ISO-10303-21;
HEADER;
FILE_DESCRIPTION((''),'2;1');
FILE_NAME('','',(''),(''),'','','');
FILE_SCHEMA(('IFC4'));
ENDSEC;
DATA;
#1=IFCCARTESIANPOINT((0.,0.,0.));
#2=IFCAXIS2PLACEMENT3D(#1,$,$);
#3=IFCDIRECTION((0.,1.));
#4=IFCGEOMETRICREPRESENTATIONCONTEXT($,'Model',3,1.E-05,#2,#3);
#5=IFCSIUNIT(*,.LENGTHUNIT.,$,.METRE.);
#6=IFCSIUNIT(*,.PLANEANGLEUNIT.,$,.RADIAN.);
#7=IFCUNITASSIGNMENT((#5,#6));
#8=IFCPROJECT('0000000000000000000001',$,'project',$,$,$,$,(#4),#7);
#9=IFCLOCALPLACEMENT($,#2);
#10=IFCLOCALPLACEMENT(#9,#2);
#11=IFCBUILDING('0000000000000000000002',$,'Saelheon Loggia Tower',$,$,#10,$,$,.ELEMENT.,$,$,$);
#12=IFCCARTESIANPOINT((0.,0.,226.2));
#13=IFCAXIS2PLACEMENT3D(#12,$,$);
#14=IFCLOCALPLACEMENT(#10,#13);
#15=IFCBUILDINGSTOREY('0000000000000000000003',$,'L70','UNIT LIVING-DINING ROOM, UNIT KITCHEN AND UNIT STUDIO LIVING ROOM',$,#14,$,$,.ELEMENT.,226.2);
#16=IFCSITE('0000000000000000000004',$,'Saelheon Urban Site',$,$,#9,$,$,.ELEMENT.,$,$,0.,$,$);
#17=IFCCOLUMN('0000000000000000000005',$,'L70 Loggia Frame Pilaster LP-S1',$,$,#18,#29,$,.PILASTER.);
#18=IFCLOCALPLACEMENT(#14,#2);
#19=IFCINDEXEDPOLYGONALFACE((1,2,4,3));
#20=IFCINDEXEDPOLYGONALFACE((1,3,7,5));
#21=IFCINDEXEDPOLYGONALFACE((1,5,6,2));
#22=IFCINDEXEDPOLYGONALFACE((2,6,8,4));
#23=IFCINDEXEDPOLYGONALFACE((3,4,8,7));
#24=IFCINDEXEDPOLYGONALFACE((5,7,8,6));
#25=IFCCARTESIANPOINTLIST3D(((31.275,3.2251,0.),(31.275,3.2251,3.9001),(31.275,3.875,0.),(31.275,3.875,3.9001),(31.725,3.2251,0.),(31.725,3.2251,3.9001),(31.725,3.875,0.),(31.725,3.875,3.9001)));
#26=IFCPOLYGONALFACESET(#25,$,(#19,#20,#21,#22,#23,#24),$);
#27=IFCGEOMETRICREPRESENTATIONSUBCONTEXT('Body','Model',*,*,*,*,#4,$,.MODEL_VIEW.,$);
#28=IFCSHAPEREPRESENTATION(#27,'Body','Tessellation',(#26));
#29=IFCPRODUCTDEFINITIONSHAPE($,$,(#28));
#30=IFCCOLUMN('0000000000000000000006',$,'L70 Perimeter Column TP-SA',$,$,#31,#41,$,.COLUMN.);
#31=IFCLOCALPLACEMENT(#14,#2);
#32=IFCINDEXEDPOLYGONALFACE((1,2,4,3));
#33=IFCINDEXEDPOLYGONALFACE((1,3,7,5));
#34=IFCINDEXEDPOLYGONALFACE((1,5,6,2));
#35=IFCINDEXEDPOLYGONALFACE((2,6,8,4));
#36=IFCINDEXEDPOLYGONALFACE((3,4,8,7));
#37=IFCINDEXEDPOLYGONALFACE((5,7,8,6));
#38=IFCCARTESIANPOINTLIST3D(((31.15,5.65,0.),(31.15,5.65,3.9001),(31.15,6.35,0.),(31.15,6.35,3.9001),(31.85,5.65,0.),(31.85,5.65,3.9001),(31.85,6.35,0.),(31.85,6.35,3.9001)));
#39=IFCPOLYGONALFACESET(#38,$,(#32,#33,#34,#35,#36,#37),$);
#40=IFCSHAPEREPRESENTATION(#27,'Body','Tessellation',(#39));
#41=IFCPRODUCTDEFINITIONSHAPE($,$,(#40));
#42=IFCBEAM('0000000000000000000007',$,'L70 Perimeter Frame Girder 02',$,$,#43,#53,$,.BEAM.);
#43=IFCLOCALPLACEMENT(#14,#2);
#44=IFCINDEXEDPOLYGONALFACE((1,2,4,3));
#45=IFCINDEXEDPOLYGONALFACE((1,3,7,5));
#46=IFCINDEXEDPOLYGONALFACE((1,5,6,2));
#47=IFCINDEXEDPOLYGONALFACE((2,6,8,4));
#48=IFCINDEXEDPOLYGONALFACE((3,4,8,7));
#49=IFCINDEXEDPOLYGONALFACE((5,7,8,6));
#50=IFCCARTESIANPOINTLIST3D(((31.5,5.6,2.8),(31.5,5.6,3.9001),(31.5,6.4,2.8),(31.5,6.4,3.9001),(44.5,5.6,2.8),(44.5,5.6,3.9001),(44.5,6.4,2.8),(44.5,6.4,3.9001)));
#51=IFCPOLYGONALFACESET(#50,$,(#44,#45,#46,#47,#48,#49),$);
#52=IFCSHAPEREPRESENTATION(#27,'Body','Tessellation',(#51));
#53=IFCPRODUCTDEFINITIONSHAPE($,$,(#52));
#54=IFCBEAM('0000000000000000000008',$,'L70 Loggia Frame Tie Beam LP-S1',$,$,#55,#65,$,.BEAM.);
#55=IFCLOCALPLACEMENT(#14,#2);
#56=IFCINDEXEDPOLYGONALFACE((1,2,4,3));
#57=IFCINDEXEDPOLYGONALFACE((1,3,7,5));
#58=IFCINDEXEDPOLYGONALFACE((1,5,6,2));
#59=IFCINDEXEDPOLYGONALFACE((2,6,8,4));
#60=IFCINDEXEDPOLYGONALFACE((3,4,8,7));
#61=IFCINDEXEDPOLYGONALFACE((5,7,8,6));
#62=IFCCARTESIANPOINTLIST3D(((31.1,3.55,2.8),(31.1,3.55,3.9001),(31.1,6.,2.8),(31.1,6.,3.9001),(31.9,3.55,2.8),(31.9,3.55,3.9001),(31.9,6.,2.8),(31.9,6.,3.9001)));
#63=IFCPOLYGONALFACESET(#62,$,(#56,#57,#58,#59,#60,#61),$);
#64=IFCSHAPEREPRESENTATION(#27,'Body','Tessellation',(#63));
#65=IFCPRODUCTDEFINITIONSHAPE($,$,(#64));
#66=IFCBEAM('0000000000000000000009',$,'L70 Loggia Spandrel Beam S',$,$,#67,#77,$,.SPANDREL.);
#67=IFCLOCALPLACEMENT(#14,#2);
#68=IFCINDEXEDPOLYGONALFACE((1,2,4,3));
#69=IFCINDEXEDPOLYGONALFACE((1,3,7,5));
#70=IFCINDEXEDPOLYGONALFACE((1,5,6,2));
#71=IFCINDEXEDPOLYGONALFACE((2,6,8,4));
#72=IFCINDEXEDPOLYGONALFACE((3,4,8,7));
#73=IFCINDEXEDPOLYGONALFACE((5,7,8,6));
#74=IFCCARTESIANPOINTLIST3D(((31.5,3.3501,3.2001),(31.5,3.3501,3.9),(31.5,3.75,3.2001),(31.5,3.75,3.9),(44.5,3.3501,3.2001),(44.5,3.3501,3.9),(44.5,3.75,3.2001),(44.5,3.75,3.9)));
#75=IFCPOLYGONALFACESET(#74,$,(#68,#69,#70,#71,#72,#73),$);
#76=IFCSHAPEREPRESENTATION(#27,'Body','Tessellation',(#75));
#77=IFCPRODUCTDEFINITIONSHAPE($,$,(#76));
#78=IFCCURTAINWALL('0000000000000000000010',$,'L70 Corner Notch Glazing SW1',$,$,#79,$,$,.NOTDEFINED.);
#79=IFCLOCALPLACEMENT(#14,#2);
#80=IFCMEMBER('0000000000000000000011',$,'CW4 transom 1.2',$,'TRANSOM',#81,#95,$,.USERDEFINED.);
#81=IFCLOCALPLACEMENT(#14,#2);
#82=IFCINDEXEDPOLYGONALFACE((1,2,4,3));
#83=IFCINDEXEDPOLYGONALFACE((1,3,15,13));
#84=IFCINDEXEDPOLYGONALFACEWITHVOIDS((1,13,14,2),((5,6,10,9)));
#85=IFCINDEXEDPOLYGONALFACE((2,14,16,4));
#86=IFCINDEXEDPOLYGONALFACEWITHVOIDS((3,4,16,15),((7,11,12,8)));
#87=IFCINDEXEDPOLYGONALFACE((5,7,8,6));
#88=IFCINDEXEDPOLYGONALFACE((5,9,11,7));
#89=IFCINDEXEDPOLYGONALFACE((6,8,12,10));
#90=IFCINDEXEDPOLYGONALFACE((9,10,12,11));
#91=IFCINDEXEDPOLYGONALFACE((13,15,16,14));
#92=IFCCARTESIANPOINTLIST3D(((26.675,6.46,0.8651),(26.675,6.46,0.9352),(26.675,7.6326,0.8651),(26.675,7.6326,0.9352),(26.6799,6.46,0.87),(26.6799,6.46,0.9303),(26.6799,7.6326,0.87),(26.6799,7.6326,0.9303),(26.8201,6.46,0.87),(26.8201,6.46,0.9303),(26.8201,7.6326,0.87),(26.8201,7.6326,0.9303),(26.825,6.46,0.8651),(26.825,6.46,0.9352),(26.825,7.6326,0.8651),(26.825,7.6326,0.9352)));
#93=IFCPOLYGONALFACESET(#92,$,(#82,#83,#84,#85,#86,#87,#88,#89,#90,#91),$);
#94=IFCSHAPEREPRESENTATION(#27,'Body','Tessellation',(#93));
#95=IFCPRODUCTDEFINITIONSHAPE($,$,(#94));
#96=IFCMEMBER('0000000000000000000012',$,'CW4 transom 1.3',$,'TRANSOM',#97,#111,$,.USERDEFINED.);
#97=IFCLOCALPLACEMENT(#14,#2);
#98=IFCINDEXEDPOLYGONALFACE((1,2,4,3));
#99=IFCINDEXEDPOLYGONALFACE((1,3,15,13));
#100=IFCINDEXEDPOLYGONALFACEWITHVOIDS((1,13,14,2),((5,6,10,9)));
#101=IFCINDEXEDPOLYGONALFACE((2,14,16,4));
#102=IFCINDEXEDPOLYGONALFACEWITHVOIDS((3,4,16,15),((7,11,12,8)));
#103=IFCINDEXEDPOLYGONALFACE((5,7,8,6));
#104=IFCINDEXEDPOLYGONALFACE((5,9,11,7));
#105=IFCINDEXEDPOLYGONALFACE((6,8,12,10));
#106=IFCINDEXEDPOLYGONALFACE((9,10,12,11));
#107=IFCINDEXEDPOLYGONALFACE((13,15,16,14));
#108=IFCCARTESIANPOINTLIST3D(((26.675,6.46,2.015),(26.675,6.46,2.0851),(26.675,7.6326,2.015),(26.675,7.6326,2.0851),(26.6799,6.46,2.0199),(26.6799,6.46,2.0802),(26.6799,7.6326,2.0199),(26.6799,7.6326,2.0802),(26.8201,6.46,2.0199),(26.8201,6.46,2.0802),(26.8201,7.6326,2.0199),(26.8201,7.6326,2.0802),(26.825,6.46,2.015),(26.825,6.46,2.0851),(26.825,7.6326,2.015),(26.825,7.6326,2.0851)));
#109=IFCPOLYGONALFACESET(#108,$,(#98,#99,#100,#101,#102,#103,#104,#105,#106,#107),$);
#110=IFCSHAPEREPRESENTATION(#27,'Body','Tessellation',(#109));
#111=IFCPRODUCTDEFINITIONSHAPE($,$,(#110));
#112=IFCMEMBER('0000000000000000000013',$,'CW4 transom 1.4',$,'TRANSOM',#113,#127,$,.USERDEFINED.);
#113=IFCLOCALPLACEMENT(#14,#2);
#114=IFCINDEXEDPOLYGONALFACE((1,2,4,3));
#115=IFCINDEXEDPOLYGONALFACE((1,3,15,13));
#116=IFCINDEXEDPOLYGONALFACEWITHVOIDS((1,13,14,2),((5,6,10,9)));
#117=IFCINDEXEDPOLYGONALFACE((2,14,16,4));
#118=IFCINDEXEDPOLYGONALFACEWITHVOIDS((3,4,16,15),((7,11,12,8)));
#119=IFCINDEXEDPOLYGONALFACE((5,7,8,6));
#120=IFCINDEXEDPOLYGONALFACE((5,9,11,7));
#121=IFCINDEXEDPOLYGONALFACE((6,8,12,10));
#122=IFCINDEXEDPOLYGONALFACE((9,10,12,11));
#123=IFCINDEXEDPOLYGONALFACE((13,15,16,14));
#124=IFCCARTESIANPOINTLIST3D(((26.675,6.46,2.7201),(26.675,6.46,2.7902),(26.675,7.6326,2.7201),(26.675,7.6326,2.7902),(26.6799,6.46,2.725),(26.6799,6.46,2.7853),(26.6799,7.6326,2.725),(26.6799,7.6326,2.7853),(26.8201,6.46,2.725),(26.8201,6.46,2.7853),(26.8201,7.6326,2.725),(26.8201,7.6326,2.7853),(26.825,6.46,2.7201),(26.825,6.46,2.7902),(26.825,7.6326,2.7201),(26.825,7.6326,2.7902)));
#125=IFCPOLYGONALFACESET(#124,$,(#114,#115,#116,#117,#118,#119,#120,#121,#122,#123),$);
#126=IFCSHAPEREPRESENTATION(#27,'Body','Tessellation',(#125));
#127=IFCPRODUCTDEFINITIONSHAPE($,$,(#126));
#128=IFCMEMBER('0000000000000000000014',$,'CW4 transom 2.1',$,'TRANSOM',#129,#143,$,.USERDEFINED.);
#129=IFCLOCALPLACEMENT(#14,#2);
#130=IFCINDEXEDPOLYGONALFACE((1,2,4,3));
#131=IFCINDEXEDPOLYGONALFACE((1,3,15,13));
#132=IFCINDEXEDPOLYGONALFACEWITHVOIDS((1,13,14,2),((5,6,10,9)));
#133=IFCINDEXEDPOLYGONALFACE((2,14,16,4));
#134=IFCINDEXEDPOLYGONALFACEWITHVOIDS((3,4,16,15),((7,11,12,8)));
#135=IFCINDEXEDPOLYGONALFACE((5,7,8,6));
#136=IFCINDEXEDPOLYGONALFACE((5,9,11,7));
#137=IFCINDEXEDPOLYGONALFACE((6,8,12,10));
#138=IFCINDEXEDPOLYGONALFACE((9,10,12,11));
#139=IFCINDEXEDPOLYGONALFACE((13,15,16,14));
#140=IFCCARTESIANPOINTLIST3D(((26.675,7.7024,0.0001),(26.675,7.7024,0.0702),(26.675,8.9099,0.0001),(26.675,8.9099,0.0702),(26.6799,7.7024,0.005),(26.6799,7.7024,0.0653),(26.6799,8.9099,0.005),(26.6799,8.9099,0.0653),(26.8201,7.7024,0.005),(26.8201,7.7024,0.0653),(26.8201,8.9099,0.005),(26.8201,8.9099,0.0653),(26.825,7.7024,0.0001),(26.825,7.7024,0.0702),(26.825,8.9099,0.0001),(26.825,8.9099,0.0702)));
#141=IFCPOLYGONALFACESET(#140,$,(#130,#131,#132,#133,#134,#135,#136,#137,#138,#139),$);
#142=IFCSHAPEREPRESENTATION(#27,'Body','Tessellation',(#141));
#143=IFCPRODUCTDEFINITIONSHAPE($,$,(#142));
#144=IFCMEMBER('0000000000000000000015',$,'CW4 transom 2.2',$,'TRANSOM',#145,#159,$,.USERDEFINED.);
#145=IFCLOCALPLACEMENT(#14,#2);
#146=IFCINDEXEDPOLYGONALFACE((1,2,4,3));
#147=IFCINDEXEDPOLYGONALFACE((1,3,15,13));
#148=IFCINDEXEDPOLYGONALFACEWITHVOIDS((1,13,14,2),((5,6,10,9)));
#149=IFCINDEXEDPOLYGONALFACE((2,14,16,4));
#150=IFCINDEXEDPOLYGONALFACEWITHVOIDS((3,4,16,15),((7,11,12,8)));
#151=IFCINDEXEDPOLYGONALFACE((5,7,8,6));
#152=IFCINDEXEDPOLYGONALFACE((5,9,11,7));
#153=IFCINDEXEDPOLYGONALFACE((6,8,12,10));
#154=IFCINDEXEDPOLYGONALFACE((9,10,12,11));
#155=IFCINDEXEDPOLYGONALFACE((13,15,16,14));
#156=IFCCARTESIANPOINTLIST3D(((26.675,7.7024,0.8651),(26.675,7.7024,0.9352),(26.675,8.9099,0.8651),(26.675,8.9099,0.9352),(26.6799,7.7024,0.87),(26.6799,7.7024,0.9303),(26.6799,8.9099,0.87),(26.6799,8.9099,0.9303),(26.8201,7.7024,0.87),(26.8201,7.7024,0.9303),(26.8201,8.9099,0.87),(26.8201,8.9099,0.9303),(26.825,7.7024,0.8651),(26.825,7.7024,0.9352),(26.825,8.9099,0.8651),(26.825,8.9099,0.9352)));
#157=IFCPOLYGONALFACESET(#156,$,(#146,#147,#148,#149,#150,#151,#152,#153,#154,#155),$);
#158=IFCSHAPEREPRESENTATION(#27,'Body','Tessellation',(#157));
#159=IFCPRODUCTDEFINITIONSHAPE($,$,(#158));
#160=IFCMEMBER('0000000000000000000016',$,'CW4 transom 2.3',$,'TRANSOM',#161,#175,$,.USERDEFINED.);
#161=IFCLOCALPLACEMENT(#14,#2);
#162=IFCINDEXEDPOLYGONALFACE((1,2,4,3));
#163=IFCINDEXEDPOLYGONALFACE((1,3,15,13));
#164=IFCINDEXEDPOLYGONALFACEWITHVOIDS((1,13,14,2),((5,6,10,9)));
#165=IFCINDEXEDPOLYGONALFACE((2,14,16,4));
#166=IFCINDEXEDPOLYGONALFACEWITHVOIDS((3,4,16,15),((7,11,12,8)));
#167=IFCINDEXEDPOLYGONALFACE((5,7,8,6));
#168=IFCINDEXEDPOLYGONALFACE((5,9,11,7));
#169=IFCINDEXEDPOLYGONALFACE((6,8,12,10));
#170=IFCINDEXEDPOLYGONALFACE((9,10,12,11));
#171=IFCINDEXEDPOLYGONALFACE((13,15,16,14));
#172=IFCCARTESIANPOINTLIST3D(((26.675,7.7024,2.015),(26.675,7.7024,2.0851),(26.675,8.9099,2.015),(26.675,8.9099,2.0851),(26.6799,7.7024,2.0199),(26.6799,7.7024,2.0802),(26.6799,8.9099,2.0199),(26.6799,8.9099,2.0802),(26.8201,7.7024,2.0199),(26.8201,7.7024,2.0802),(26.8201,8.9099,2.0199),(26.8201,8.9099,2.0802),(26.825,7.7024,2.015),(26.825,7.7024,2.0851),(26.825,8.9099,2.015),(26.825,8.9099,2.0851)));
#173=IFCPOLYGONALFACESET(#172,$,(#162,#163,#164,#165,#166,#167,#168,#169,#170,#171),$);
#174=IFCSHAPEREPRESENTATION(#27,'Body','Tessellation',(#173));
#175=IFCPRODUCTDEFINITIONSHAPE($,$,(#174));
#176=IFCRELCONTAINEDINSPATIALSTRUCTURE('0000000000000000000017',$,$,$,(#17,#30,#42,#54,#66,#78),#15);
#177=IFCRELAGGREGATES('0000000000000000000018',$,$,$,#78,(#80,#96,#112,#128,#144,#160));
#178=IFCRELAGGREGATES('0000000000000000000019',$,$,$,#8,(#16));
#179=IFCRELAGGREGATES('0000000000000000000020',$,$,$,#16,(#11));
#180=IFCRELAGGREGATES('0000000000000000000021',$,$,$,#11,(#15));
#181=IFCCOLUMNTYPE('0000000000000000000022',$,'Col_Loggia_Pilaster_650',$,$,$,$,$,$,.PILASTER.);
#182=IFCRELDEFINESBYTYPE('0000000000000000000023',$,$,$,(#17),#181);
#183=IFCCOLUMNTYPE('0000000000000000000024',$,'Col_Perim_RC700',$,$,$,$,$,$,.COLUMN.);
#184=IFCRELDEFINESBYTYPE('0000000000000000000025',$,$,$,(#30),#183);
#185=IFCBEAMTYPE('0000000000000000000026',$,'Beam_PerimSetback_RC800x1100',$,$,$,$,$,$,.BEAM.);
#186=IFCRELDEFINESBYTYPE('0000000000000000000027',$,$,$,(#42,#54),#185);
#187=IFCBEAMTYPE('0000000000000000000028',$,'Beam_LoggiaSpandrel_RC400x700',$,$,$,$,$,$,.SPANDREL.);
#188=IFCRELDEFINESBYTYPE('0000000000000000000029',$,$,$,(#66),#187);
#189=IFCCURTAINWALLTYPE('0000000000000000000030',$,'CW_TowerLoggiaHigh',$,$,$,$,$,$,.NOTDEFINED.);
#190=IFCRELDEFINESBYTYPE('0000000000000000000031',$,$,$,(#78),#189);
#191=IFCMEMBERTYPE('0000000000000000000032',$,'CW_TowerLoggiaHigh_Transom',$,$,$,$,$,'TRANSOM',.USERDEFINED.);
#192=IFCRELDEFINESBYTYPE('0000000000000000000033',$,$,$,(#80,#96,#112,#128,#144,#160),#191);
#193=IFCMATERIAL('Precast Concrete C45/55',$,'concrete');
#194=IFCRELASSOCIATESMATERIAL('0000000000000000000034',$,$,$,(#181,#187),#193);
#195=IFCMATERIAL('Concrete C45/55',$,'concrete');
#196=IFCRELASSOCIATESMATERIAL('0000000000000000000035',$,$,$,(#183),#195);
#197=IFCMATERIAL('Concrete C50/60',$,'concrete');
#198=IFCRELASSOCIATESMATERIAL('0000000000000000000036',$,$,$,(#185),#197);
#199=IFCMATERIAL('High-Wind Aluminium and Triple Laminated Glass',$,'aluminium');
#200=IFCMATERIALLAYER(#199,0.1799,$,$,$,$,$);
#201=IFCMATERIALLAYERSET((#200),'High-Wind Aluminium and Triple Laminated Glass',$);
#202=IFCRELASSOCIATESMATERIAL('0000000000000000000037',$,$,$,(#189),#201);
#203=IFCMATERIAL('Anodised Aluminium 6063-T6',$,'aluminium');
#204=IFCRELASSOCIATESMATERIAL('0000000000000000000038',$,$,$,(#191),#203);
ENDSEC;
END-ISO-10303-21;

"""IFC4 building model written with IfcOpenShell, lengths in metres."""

from ifc_helpers import new_model, si_unit, direction, frame, origin, origin_2d, place, context, subcontext, project, spatial, rectangle, hollow_rectangle, extrude, source, transform, mapped, material, layer, layer_set, material_profile, profile_set, type_object, element, aggregate, save


model = new_model("IFC4")

# Units and contexts
model_context = context("Model", 3, precision=1e-05, world=origin(), true_north=direction((0.0, 1.0)))
body_context = subcontext(model_context, "Body", "Model", "MODEL_VIEW")
ifc_project = project(units=[si_unit("LENGTHUNIT", "METRE"), si_unit("PLANEANGLEUNIT", "RADIAN")], contexts=[model_context])

# Site, building, storey
site_placement = place(None, origin())
site = spatial("IfcSite", under=ifc_project, at=site_placement, Name="Saelheon Urban Site", CompositionType="ELEMENT", RefElevation=0.0)
building_placement = place(site_placement, origin())
building = spatial("IfcBuilding", under=site, at=building_placement, Name="Saelheon Loggia Tower", CompositionType="ELEMENT")
storey_placement = place(building_placement, frame((0.0, 0.0, 226.2)))
storey = spatial("IfcBuildingStorey", under=building, at=storey_placement, Name="L70", Description="UNIT LIVING-DINING ROOM, UNIT KITCHEN AND UNIT STUDIO LIVING ROOM", CompositionType="ELEMENT", Elevation=226.2)

# Columns
ifc_material_1 = material(Name="Precast Concrete C45/55", Category="concrete")
ifc_material_profile_1 = material_profile(ifc_material_1, rectangle(XDim=0.45, YDim=0.6499, at=origin_2d()), Name="RC-450x650")
ifc_profile_set_1 = profile_set([ifc_material_profile_1], Name="Precast Concrete C45/55")
column_type_1 = type_object("IfcColumnType", Name="Col_Loggia_Pilaster_650", PredefinedType="PILASTER", material=ifc_profile_set_1)
shared_shape_1 = source(origin(), body_context, "Body", "SweptSolid", [
    extrude(rectangle(XDim=0.45, YDim=0.6499, at=origin_2d()), origin(), (0.0, 0.0, 1.0), 3.9001),
])
column_1_placement = place(storey_placement, frame((31.5, 3.55, 0.0), z_axis=(0.0, 0.0, 1.0), x_axis=(1.0, 0.0, 0.0)))
element("IfcColumn", 1, at=column_1_placement, inside=storey, type_object=column_type_1, Name="L70 Loggia Frame Pilaster LP-S1", PredefinedType="PILASTER", context=body_context, shape_type="MappedRepresentation", body=[
    mapped(shared_shape_1, transform((0.0, 0.0, 0.0), scale=1.0)),
])
ifc_material_2 = material(Name="Concrete C45/55", Category="concrete")
ifc_material_profile_2 = material_profile(ifc_material_2, rectangle(XDim=0.7, YDim=0.7, at=origin_2d()), Name="RC-700x700")
ifc_profile_set_2 = profile_set([ifc_material_profile_2], Name="Concrete C45/55")
column_type_2 = type_object("IfcColumnType", Name="Col_Perim_RC700", PredefinedType="COLUMN", material=ifc_profile_set_2)
shared_shape_2 = source(origin(), body_context, "Body", "SweptSolid", [
    extrude(rectangle(XDim=0.7, YDim=0.7, at=origin_2d()), origin(), (0.0, 0.0, 1.0), 3.9001),
])
column_2_placement = place(storey_placement, frame((31.5, 6.0, 0.0), z_axis=(0.0, 0.0, 1.0), x_axis=(1.0, 0.0, 0.0)))
element("IfcColumn", 2, at=column_2_placement, inside=storey, type_object=column_type_2, Name="L70 Perimeter Column TP-SA", PredefinedType="COLUMN", context=body_context, shape_type="MappedRepresentation", body=[
    mapped(shared_shape_2, transform((0.0, 0.0, 0.0), scale=1.0)),
])

# Beams
ifc_material_3 = material(Name="Concrete C50/60", Category="concrete")
ifc_material_profile_3 = material_profile(ifc_material_3, rectangle(XDim=0.8, YDim=1.1001, at=origin_2d()), Name="RC-800x1100")
ifc_profile_set_3 = profile_set([ifc_material_profile_3], Name="Concrete C50/60")
beam_type_1 = type_object("IfcBeamType", Name="Beam_PerimSetback_RC800x1100", PredefinedType="BEAM", material=ifc_profile_set_3)
shared_shape_3 = source(origin(), body_context, "Body", "SweptSolid", [
    extrude(rectangle(XDim=0.8, YDim=1.1001, at=origin_2d()), origin(), (0.0, 0.0, 1.0), 13.0),
])
beam_1_placement = place(storey_placement, frame((31.5, 6.0, 3.3501), z_axis=(1.0, 0.0, 0.0), x_axis=(0.0, 1.0, 0.0)))
element("IfcBeam", 3, at=beam_1_placement, inside=storey, type_object=beam_type_1, Name="L70 Perimeter Frame Girder 02", PredefinedType="BEAM", context=body_context, shape_type="MappedRepresentation", body=[
    mapped(shared_shape_3, transform((0.0, 0.0, 0.0), scale=1.0)),
])
shared_shape_4 = source(origin(), body_context, "Body", "SweptSolid", [
    extrude(rectangle(XDim=0.8, YDim=1.1001, at=origin_2d()), origin(), (0.0, 0.0, 1.0), 2.45),
])
beam_2_placement = place(storey_placement, frame((31.5, 6.0, 3.3501), z_axis=(0.0, -1.0, 0.0), x_axis=(1.0, 0.0, 0.0)))
element("IfcBeam", 4, at=beam_2_placement, inside=storey, type_object=beam_type_1, Name="L70 Loggia Frame Tie Beam LP-S1", PredefinedType="BEAM", context=body_context, shape_type="MappedRepresentation", body=[
    mapped(shared_shape_4, transform((0.0, 0.0, 0.0), scale=1.0)),
])
ifc_material_profile_4 = material_profile(ifc_material_1, rectangle(XDim=0.3999, YDim=0.7, at=origin_2d()), Name="RC-400x700")
ifc_profile_set_4 = profile_set([ifc_material_profile_4], Name="Precast Concrete C45/55")
beam_type_2 = type_object("IfcBeamType", Name="Beam_LoggiaSpandrel_RC400x700", PredefinedType="SPANDREL", material=ifc_profile_set_4)
shared_shape_5 = source(origin(), body_context, "Body", "SweptSolid", [
    extrude(rectangle(XDim=0.3999, YDim=0.7, at=origin_2d()), origin(), (0.0, 0.0, 1.0), 13.0),
])
beam_3_placement = place(storey_placement, frame((31.5, 3.55, 3.55), z_axis=(1.0, 0.0, 0.0), x_axis=(0.0, 1.0, 0.0)))
element("IfcBeam", 5, at=beam_3_placement, inside=storey, type_object=beam_type_2, Name="L70 Loggia Spandrel Beam S", PredefinedType="SPANDREL", context=body_context, shape_type="MappedRepresentation", body=[
    mapped(shared_shape_5, transform((0.0, 0.0, 0.0), scale=1.0)),
])

# Curtain wall, members
ifc_material_4 = material(Name="High-Wind Aluminium and Triple Laminated Glass", Category="aluminium")
ifc_layer_1 = layer(ifc_material_4, 0.1799)
ifc_layer_set_1 = layer_set([ifc_layer_1], Name="High-Wind Aluminium and Triple Laminated Glass")
curtain_wall_type = type_object("IfcCurtainWallType", Name="CW_TowerLoggiaHigh", PredefinedType="NOTDEFINED", material=ifc_layer_set_1)
curtain_wall_placement = place(storey_placement, origin())
curtain_wall = element("IfcCurtainWall", 6, at=curtain_wall_placement, inside=storey, type_object=curtain_wall_type, Name="L70 Corner Notch Glazing SW1", PredefinedType="NOTDEFINED")
ifc_material_5 = material(Name="Anodised Aluminium 6063-T6", Category="aluminium")
ifc_material_profile_5 = material_profile(ifc_material_5, hollow_rectangle(XDim=0.0701, YDim=0.1499, WallThickness=0.0049, at=origin_2d()), Name="RHS-150x70x5")
ifc_profile_set_5 = profile_set([ifc_material_profile_5], Name="Anodised Aluminium 6063-T6")
member_type_1 = type_object("IfcMemberType", Name="CW_TowerLoggiaHigh_Transom", ElementType="TRANSOM", PredefinedType="USERDEFINED", material=ifc_profile_set_5)
shared_shape_6 = source(origin(), body_context, "Body", "SweptSolid", [
    extrude(hollow_rectangle(XDim=0.0701, YDim=0.1499, WallThickness=0.0049, at=origin_2d()), origin(), (0.0, 0.0, 1.0), 1.1726),
])
member_1_placement = place(storey_placement, frame((26.75, 6.46, 0.9001), z_axis=(0.0, 1.0, 0.0), x_axis=(0.0, 0.0, 1.0)))
member_1 = element("IfcMember", 7, at=member_1_placement, type_object=member_type_1, Name="CW4 transom 1.2", ObjectType="TRANSOM", PredefinedType="USERDEFINED", context=body_context, shape_type="MappedRepresentation", body=[
    mapped(shared_shape_6, transform((0.0, 0.0, 0.0), scale=1.0)),
])
member_2_placement = place(storey_placement, frame((26.75, 6.46, 2.05), z_axis=(0.0, 1.0, 0.0), x_axis=(0.0, 0.0, 1.0)))
member_2 = element("IfcMember", 8, at=member_2_placement, type_object=member_type_1, Name="CW4 transom 1.3", ObjectType="TRANSOM", PredefinedType="USERDEFINED", context=body_context, shape_type="MappedRepresentation", body=[
    mapped(shared_shape_6, transform((0.0, 0.0, 0.0), scale=1.0)),
])
member_3_placement = place(storey_placement, frame((26.75, 6.46, 2.7551), z_axis=(0.0, 1.0, 0.0), x_axis=(0.0, 0.0, 1.0)))
member_3 = element("IfcMember", 9, at=member_3_placement, type_object=member_type_1, Name="CW4 transom 1.4", ObjectType="TRANSOM", PredefinedType="USERDEFINED", context=body_context, shape_type="MappedRepresentation", body=[
    mapped(shared_shape_6, transform((0.0, 0.0, 0.0), scale=1.0)),
])
shared_shape_7 = source(origin(), body_context, "Body", "SweptSolid", [
    extrude(hollow_rectangle(XDim=0.0701, YDim=0.1499, WallThickness=0.0049, at=origin_2d()), origin(), (0.0, 0.0, 1.0), 1.2075),
])
member_4_placement = place(storey_placement, frame((26.75, 7.7024, 0.0352), z_axis=(0.0, 1.0, 0.0), x_axis=(0.0, 0.0, 1.0)))
member_4 = element("IfcMember", 10, at=member_4_placement, type_object=member_type_1, Name="CW4 transom 2.1", ObjectType="TRANSOM", PredefinedType="USERDEFINED", context=body_context, shape_type="MappedRepresentation", body=[
    mapped(shared_shape_7, transform((0.0, 0.0, 0.0), scale=1.0)),
])
member_5_placement = place(storey_placement, frame((26.75, 7.7024, 0.9001), z_axis=(0.0, 1.0, 0.0), x_axis=(0.0, 0.0, 1.0)))
member_5 = element("IfcMember", 11, at=member_5_placement, type_object=member_type_1, Name="CW4 transom 2.2", ObjectType="TRANSOM", PredefinedType="USERDEFINED", context=body_context, shape_type="MappedRepresentation", body=[
    mapped(shared_shape_7, transform((0.0, 0.0, 0.0), scale=1.0)),
])
member_6_placement = place(storey_placement, frame((26.75, 7.7024, 2.05), z_axis=(0.0, 1.0, 0.0), x_axis=(0.0, 0.0, 1.0)))
member_6 = element("IfcMember", 12, at=member_6_placement, type_object=member_type_1, Name="CW4 transom 2.3", ObjectType="TRANSOM", PredefinedType="USERDEFINED", context=body_context, shape_type="MappedRepresentation", body=[
    mapped(shared_shape_7, transform((0.0, 0.0, 0.0), scale=1.0)),
])
aggregate(curtain_wall, [member_1, member_2, member_3, member_4, member_5, member_6])

save(model, "model.ifc")
